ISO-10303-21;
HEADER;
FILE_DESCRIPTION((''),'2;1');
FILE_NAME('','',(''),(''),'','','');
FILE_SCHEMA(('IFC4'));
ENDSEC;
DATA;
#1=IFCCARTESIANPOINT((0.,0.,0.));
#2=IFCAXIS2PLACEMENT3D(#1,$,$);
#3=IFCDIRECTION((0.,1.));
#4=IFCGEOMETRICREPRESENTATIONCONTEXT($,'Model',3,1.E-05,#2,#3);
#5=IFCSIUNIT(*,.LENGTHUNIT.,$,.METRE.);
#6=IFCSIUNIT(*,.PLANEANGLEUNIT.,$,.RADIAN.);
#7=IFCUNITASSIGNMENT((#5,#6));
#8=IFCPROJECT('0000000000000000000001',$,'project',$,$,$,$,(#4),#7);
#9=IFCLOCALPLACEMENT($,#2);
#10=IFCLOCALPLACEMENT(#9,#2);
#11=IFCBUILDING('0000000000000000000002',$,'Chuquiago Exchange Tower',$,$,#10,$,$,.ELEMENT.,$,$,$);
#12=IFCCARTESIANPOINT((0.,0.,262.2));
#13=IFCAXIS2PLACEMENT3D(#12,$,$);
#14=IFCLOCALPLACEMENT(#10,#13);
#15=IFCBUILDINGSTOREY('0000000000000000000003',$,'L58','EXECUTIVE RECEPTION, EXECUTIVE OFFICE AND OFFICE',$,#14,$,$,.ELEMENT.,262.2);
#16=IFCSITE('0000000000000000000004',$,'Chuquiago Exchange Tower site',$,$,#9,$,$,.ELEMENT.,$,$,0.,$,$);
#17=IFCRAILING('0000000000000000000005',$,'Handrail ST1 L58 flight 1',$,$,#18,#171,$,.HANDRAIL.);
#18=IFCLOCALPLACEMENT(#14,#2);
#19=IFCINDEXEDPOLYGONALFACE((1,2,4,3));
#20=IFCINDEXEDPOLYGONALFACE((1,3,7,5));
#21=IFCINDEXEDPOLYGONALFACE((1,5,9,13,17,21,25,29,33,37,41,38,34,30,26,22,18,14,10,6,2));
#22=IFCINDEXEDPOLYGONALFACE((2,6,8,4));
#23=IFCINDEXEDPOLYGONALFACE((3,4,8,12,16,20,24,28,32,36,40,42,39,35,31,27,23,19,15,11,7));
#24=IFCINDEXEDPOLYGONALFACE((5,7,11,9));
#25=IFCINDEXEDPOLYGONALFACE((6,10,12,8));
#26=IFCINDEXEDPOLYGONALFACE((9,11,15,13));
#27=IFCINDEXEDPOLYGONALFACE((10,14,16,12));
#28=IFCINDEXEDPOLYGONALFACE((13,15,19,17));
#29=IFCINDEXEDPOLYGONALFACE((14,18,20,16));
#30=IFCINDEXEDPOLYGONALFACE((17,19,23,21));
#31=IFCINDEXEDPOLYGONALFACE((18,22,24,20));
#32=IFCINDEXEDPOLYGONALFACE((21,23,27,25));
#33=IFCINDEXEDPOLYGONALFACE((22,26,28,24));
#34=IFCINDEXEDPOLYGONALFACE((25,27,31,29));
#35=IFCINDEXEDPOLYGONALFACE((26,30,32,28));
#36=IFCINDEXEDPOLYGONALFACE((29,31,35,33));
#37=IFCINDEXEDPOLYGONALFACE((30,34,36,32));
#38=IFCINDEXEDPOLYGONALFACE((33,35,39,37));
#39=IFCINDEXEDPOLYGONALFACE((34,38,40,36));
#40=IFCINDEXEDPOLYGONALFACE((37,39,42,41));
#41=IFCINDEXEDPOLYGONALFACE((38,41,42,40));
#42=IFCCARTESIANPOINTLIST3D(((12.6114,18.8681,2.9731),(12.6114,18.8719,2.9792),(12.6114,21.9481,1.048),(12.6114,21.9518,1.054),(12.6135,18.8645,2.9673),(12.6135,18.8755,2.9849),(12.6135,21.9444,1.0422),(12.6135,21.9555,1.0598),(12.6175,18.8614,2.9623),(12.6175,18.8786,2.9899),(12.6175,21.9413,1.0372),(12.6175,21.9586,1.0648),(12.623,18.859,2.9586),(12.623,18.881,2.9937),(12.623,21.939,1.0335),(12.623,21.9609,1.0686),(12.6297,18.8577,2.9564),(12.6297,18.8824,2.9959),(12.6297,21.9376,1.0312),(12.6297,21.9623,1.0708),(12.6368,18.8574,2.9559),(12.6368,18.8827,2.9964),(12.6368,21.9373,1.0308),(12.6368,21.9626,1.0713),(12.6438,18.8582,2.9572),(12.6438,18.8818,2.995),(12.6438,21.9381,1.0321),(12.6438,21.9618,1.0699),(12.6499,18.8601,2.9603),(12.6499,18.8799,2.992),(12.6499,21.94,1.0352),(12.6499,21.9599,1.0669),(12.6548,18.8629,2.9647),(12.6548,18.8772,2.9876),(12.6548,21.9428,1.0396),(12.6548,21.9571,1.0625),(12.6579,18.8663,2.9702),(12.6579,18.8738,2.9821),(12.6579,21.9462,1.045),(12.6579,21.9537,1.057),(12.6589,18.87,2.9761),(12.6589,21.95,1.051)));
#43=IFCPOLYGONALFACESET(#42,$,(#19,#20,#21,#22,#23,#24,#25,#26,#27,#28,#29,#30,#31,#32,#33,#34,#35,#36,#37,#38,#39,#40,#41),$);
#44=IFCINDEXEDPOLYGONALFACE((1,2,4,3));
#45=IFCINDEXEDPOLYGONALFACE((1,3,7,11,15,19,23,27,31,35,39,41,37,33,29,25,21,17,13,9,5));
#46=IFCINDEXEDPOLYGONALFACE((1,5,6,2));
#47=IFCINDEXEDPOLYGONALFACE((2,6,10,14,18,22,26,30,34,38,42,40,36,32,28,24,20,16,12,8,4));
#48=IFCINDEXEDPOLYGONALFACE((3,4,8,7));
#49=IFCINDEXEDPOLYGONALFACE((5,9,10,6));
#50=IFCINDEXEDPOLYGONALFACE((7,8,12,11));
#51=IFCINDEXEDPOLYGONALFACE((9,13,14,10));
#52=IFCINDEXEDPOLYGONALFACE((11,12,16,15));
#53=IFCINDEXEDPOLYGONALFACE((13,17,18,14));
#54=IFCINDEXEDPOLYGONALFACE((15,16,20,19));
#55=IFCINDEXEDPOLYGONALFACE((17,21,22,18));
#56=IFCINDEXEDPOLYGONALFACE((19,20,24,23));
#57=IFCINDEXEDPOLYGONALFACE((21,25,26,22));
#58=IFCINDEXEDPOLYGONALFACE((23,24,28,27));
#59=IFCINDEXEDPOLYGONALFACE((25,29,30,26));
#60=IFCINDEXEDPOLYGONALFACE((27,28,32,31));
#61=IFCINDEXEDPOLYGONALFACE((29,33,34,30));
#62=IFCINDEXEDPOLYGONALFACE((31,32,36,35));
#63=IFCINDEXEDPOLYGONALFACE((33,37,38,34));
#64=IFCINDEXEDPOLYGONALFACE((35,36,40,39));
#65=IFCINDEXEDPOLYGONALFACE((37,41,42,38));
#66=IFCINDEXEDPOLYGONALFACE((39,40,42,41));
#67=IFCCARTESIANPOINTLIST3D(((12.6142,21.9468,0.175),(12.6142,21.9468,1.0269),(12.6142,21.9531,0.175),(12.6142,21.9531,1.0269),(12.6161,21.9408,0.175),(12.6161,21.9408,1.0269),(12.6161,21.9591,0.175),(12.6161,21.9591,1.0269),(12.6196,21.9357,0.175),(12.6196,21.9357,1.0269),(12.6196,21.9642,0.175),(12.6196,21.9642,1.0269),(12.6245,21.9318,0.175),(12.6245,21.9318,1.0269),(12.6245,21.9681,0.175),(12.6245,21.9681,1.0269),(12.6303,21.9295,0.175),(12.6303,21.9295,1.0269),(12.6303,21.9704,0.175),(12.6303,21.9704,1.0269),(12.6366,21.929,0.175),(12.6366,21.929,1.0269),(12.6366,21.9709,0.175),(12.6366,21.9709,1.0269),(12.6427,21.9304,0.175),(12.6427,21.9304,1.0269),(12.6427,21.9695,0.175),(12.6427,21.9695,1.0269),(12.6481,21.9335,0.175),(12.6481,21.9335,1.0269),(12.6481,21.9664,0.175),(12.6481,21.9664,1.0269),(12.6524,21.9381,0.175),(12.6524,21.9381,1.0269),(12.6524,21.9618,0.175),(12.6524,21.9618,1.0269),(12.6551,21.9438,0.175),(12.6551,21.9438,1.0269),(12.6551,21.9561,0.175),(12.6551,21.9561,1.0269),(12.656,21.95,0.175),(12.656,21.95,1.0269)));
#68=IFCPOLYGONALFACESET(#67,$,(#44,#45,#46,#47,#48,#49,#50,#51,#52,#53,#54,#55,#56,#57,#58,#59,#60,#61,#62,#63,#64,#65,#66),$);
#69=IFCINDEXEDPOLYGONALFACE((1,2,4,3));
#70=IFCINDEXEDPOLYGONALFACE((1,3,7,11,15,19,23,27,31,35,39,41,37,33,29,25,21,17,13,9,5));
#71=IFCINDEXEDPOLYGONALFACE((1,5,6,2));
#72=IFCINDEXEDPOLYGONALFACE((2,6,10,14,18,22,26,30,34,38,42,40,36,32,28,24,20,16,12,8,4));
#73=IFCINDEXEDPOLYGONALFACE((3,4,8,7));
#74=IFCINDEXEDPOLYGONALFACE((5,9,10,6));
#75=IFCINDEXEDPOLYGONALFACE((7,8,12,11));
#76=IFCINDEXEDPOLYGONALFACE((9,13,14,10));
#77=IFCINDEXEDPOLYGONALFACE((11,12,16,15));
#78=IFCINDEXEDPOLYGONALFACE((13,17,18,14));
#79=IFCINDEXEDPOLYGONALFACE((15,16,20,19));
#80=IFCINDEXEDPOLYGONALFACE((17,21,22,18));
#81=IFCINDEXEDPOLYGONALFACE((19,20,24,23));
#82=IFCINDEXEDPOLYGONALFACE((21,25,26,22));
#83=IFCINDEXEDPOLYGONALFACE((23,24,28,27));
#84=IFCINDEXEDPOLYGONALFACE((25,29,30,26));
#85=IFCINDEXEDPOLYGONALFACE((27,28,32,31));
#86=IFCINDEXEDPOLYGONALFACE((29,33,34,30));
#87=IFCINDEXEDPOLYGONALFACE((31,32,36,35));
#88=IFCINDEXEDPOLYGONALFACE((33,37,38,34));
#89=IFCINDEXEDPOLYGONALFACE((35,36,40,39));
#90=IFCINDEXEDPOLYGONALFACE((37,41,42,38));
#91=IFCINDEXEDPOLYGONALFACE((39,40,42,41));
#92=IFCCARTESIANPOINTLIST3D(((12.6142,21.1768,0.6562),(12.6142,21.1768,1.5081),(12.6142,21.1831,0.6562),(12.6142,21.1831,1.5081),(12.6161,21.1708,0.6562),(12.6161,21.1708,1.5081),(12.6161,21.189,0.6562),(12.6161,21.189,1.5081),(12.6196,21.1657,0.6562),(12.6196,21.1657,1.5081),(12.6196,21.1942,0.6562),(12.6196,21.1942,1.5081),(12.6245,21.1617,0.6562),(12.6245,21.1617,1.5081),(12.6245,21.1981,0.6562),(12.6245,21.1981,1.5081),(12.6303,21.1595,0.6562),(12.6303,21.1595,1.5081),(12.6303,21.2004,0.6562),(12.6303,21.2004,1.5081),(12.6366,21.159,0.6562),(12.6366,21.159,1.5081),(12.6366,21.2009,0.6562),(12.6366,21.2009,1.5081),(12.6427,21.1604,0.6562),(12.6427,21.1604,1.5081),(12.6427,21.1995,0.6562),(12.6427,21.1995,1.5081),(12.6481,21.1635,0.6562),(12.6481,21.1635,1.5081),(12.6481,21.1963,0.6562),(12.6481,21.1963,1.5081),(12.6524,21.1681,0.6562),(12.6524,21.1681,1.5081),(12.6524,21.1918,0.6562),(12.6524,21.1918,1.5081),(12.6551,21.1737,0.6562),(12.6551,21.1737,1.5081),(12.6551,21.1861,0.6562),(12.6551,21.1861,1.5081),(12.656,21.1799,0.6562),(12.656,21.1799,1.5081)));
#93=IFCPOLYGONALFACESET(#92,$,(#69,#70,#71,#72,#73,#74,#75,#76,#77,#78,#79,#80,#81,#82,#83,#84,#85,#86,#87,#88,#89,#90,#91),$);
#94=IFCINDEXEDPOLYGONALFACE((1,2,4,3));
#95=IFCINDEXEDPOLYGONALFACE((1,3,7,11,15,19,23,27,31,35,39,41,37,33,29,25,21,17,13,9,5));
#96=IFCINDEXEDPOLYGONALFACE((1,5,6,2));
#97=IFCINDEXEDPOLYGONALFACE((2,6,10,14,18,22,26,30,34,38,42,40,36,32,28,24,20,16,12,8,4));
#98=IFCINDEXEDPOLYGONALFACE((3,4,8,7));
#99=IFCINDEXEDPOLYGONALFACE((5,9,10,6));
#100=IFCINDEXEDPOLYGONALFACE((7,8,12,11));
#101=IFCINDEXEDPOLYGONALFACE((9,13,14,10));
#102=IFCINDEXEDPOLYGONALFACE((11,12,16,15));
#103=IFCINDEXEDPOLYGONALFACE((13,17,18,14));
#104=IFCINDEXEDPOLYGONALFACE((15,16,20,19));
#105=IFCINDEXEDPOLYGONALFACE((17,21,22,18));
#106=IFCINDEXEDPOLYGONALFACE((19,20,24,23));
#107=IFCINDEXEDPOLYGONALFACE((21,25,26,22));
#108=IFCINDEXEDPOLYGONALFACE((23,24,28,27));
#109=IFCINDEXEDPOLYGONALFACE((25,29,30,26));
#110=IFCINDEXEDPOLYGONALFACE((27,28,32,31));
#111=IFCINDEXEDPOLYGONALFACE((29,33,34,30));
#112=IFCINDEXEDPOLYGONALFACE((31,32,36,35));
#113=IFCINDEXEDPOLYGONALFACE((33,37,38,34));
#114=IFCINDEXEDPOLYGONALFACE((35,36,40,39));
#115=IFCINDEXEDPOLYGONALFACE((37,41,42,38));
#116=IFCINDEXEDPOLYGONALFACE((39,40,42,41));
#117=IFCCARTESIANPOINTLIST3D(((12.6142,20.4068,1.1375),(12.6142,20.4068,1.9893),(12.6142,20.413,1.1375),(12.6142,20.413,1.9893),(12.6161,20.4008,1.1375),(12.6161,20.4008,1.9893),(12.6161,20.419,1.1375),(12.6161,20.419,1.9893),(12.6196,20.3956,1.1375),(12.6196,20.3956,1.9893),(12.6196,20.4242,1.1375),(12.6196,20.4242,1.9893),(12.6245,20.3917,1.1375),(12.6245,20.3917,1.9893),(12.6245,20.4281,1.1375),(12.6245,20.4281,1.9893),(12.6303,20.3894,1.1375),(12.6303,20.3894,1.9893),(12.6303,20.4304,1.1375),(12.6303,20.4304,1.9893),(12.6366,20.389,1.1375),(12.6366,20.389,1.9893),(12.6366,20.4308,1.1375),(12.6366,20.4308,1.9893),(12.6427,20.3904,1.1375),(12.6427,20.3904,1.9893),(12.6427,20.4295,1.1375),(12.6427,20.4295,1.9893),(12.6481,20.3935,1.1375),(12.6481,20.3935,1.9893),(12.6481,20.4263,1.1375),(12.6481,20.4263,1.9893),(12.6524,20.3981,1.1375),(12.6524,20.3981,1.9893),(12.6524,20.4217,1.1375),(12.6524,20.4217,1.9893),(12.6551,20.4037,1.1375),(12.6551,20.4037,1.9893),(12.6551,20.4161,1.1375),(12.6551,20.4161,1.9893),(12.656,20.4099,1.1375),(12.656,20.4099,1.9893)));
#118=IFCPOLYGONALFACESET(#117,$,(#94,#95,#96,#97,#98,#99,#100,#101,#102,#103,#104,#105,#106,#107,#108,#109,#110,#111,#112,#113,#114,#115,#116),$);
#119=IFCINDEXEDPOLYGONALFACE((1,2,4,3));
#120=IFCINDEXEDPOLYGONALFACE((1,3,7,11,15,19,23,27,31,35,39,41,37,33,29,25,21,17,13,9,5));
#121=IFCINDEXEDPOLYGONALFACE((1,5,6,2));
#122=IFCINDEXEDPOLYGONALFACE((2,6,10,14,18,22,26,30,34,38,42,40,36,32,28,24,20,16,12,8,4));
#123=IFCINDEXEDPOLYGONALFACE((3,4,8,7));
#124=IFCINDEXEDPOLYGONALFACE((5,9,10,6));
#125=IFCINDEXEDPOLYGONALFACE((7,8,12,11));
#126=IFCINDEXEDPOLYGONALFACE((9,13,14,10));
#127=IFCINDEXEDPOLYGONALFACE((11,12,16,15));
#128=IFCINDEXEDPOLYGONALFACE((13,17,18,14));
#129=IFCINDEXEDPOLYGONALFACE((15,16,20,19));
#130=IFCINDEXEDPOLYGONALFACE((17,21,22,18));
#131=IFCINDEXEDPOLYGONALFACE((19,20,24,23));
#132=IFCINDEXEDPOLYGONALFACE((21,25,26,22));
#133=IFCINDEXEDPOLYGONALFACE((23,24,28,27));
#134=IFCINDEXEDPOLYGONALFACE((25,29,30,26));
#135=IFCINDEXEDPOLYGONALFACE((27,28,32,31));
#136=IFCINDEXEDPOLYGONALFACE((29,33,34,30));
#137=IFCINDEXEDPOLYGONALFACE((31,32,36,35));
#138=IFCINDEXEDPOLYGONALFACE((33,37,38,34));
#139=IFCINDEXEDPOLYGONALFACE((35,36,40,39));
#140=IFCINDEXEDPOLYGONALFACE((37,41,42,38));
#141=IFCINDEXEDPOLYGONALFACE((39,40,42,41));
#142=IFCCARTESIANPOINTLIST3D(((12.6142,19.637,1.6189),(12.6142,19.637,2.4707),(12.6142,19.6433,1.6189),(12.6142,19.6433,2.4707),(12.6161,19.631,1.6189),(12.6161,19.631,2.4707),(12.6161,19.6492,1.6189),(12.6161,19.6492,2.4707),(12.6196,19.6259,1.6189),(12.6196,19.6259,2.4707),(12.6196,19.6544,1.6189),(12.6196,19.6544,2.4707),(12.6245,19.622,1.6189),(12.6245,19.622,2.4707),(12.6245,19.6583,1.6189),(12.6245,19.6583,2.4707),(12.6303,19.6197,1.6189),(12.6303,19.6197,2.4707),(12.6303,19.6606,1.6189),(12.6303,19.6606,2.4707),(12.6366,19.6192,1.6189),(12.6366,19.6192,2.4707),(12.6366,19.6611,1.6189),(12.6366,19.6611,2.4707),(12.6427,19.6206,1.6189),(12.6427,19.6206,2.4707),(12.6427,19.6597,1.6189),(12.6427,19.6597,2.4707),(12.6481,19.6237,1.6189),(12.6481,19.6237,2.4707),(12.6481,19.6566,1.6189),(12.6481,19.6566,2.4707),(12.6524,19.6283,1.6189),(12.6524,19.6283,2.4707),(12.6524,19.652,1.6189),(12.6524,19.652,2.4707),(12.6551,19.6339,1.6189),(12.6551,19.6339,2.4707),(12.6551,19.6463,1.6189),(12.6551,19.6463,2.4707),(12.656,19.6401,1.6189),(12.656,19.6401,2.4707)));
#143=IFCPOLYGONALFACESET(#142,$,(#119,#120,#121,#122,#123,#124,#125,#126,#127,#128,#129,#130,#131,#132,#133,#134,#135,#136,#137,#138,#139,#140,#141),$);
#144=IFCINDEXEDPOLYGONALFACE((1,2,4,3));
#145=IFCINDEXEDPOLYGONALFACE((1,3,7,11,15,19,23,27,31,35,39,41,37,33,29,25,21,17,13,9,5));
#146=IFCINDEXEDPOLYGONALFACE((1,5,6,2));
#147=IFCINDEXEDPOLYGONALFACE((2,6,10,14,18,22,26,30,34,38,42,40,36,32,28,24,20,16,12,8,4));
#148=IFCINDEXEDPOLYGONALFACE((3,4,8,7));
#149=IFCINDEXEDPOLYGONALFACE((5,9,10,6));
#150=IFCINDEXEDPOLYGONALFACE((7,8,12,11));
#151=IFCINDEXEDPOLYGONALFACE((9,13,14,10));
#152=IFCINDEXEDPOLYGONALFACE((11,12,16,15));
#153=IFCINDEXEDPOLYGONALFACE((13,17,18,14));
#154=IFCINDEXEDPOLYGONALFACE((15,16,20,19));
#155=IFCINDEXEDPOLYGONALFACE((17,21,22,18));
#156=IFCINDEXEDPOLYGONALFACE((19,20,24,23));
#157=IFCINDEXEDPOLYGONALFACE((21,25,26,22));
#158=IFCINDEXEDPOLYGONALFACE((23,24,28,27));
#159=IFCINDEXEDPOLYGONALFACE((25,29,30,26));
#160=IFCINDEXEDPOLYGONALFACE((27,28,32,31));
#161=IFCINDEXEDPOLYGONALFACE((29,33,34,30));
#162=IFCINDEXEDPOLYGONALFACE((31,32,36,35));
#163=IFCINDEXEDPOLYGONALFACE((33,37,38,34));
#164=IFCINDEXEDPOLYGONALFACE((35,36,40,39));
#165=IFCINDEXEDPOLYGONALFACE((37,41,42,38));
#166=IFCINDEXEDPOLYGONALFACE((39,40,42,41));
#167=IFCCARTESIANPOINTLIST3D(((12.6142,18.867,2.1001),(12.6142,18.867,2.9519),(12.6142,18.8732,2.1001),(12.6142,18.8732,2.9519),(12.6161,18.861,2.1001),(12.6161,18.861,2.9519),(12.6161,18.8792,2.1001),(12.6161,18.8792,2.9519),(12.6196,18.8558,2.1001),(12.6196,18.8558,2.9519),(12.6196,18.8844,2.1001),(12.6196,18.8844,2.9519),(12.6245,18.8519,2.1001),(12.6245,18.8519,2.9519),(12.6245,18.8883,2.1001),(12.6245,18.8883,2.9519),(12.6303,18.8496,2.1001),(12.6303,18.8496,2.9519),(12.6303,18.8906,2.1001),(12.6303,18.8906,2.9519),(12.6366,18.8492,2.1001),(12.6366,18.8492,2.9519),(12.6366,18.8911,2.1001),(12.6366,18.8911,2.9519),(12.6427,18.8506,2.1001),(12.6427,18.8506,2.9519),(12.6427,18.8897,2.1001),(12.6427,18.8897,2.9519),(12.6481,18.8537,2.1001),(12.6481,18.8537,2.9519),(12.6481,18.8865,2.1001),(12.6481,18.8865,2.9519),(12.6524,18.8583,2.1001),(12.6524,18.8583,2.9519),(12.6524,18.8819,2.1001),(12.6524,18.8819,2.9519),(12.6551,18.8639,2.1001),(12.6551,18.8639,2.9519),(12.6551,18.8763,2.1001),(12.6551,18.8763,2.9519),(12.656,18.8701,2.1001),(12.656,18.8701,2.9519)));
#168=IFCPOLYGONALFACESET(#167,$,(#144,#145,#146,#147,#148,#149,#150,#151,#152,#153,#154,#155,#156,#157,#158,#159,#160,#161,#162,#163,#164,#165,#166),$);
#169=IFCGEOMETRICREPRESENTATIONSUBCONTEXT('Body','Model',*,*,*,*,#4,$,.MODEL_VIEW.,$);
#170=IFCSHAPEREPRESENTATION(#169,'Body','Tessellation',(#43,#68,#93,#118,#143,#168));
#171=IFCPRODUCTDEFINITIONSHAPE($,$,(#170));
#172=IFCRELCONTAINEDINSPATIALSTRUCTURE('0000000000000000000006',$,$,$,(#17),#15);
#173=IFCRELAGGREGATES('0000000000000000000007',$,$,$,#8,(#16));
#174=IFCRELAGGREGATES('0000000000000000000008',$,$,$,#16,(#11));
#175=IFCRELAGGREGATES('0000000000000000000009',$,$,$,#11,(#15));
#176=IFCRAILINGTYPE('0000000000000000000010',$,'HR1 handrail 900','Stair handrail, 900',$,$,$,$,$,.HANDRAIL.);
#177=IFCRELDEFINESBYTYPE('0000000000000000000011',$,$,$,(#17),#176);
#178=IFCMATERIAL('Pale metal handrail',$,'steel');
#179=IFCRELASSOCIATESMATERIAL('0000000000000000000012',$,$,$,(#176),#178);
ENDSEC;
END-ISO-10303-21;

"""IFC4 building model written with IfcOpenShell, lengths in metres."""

from ifc_helpers import new_model, si_unit, direction, frame, origin, origin_2d, place, context, subcontext, project, spatial, circle, extrude, material, type_object, element, save


model = new_model("IFC4")

# Units and contexts
model_context = context("Model", 3, precision=1e-05, world=origin(), true_north=direction((0.0, 1.0)))
body_context = subcontext(model_context, "Body", "Model", "MODEL_VIEW")
ifc_project = project(units=[si_unit("LENGTHUNIT", "METRE"), si_unit("PLANEANGLEUNIT", "RADIAN")], contexts=[model_context])

# Site, building, storey
site_placement = place(None, origin())
site = spatial("IfcSite", under=ifc_project, at=site_placement, Name="Chuquiago Exchange Tower site", CompositionType="ELEMENT", RefElevation=0.0)
building_placement = place(site_placement, origin())
building = spatial("IfcBuilding", under=site, at=building_placement, Name="Chuquiago Exchange Tower", CompositionType="ELEMENT")
storey_placement = place(building_placement, frame((0.0, 0.0, 262.2)))
storey = spatial("IfcBuildingStorey", under=building, at=storey_placement, Name="L58", Description="EXECUTIVE RECEPTION, EXECUTIVE OFFICE AND OFFICE", CompositionType="ELEMENT", Elevation=262.2)

# Railing
ifc_material_1 = material(Name="Pale metal handrail", Category="steel")
railing_type_1 = type_object("IfcRailingType", Name="HR1 handrail 900", Description="Stair handrail, 900", PredefinedType="HANDRAIL", material=ifc_material_1)
for number, where, name in (
    (1, (12.635, 21.95, 0.175), "Handrail ST1 L58 flight 1"),
):
    element("IfcRailing", number, at=place(storey_placement, frame(where)), inside=storey, type_object=railing_type_1, Name=name, PredefinedType="HANDRAIL", context=body_context, shape_type="SweptSolid", body=[
        extrude(circle(Radius=0.0239, at=origin_2d()), frame((0.0, 0.0, 0.876), z_axis=(0.0, -0.847979, 0.530029), x_axis=(1.0, 0.0, 0.0)), (0.0, 0.0, 1.0), 3.6321),
        extrude(circle(Radius=0.021, at=origin_2d()), origin(), (0.0, 0.0, 1.0), 0.8518),
        extrude(circle(Radius=0.021, at=origin_2d()), frame((0.0, -0.77, 0.4812)), (0.0, 0.0, 1.0), 0.8518),
        extrude(circle(Radius=0.021, at=origin_2d()), frame((0.0, -1.54, 0.9624)), (0.0, 0.0, 1.0), 0.8518),
        extrude(circle(Radius=0.021, at=origin_2d()), frame((0.0, -2.3098, 1.4438)), (0.0, 0.0, 1.0), 0.8518),
        extrude(circle(Radius=0.021, at=origin_2d()), frame((0.0, -3.0798, 1.925)), (0.0, 0.0, 1.0), 0.8518),
    ])

save(model, "model.ifc")
